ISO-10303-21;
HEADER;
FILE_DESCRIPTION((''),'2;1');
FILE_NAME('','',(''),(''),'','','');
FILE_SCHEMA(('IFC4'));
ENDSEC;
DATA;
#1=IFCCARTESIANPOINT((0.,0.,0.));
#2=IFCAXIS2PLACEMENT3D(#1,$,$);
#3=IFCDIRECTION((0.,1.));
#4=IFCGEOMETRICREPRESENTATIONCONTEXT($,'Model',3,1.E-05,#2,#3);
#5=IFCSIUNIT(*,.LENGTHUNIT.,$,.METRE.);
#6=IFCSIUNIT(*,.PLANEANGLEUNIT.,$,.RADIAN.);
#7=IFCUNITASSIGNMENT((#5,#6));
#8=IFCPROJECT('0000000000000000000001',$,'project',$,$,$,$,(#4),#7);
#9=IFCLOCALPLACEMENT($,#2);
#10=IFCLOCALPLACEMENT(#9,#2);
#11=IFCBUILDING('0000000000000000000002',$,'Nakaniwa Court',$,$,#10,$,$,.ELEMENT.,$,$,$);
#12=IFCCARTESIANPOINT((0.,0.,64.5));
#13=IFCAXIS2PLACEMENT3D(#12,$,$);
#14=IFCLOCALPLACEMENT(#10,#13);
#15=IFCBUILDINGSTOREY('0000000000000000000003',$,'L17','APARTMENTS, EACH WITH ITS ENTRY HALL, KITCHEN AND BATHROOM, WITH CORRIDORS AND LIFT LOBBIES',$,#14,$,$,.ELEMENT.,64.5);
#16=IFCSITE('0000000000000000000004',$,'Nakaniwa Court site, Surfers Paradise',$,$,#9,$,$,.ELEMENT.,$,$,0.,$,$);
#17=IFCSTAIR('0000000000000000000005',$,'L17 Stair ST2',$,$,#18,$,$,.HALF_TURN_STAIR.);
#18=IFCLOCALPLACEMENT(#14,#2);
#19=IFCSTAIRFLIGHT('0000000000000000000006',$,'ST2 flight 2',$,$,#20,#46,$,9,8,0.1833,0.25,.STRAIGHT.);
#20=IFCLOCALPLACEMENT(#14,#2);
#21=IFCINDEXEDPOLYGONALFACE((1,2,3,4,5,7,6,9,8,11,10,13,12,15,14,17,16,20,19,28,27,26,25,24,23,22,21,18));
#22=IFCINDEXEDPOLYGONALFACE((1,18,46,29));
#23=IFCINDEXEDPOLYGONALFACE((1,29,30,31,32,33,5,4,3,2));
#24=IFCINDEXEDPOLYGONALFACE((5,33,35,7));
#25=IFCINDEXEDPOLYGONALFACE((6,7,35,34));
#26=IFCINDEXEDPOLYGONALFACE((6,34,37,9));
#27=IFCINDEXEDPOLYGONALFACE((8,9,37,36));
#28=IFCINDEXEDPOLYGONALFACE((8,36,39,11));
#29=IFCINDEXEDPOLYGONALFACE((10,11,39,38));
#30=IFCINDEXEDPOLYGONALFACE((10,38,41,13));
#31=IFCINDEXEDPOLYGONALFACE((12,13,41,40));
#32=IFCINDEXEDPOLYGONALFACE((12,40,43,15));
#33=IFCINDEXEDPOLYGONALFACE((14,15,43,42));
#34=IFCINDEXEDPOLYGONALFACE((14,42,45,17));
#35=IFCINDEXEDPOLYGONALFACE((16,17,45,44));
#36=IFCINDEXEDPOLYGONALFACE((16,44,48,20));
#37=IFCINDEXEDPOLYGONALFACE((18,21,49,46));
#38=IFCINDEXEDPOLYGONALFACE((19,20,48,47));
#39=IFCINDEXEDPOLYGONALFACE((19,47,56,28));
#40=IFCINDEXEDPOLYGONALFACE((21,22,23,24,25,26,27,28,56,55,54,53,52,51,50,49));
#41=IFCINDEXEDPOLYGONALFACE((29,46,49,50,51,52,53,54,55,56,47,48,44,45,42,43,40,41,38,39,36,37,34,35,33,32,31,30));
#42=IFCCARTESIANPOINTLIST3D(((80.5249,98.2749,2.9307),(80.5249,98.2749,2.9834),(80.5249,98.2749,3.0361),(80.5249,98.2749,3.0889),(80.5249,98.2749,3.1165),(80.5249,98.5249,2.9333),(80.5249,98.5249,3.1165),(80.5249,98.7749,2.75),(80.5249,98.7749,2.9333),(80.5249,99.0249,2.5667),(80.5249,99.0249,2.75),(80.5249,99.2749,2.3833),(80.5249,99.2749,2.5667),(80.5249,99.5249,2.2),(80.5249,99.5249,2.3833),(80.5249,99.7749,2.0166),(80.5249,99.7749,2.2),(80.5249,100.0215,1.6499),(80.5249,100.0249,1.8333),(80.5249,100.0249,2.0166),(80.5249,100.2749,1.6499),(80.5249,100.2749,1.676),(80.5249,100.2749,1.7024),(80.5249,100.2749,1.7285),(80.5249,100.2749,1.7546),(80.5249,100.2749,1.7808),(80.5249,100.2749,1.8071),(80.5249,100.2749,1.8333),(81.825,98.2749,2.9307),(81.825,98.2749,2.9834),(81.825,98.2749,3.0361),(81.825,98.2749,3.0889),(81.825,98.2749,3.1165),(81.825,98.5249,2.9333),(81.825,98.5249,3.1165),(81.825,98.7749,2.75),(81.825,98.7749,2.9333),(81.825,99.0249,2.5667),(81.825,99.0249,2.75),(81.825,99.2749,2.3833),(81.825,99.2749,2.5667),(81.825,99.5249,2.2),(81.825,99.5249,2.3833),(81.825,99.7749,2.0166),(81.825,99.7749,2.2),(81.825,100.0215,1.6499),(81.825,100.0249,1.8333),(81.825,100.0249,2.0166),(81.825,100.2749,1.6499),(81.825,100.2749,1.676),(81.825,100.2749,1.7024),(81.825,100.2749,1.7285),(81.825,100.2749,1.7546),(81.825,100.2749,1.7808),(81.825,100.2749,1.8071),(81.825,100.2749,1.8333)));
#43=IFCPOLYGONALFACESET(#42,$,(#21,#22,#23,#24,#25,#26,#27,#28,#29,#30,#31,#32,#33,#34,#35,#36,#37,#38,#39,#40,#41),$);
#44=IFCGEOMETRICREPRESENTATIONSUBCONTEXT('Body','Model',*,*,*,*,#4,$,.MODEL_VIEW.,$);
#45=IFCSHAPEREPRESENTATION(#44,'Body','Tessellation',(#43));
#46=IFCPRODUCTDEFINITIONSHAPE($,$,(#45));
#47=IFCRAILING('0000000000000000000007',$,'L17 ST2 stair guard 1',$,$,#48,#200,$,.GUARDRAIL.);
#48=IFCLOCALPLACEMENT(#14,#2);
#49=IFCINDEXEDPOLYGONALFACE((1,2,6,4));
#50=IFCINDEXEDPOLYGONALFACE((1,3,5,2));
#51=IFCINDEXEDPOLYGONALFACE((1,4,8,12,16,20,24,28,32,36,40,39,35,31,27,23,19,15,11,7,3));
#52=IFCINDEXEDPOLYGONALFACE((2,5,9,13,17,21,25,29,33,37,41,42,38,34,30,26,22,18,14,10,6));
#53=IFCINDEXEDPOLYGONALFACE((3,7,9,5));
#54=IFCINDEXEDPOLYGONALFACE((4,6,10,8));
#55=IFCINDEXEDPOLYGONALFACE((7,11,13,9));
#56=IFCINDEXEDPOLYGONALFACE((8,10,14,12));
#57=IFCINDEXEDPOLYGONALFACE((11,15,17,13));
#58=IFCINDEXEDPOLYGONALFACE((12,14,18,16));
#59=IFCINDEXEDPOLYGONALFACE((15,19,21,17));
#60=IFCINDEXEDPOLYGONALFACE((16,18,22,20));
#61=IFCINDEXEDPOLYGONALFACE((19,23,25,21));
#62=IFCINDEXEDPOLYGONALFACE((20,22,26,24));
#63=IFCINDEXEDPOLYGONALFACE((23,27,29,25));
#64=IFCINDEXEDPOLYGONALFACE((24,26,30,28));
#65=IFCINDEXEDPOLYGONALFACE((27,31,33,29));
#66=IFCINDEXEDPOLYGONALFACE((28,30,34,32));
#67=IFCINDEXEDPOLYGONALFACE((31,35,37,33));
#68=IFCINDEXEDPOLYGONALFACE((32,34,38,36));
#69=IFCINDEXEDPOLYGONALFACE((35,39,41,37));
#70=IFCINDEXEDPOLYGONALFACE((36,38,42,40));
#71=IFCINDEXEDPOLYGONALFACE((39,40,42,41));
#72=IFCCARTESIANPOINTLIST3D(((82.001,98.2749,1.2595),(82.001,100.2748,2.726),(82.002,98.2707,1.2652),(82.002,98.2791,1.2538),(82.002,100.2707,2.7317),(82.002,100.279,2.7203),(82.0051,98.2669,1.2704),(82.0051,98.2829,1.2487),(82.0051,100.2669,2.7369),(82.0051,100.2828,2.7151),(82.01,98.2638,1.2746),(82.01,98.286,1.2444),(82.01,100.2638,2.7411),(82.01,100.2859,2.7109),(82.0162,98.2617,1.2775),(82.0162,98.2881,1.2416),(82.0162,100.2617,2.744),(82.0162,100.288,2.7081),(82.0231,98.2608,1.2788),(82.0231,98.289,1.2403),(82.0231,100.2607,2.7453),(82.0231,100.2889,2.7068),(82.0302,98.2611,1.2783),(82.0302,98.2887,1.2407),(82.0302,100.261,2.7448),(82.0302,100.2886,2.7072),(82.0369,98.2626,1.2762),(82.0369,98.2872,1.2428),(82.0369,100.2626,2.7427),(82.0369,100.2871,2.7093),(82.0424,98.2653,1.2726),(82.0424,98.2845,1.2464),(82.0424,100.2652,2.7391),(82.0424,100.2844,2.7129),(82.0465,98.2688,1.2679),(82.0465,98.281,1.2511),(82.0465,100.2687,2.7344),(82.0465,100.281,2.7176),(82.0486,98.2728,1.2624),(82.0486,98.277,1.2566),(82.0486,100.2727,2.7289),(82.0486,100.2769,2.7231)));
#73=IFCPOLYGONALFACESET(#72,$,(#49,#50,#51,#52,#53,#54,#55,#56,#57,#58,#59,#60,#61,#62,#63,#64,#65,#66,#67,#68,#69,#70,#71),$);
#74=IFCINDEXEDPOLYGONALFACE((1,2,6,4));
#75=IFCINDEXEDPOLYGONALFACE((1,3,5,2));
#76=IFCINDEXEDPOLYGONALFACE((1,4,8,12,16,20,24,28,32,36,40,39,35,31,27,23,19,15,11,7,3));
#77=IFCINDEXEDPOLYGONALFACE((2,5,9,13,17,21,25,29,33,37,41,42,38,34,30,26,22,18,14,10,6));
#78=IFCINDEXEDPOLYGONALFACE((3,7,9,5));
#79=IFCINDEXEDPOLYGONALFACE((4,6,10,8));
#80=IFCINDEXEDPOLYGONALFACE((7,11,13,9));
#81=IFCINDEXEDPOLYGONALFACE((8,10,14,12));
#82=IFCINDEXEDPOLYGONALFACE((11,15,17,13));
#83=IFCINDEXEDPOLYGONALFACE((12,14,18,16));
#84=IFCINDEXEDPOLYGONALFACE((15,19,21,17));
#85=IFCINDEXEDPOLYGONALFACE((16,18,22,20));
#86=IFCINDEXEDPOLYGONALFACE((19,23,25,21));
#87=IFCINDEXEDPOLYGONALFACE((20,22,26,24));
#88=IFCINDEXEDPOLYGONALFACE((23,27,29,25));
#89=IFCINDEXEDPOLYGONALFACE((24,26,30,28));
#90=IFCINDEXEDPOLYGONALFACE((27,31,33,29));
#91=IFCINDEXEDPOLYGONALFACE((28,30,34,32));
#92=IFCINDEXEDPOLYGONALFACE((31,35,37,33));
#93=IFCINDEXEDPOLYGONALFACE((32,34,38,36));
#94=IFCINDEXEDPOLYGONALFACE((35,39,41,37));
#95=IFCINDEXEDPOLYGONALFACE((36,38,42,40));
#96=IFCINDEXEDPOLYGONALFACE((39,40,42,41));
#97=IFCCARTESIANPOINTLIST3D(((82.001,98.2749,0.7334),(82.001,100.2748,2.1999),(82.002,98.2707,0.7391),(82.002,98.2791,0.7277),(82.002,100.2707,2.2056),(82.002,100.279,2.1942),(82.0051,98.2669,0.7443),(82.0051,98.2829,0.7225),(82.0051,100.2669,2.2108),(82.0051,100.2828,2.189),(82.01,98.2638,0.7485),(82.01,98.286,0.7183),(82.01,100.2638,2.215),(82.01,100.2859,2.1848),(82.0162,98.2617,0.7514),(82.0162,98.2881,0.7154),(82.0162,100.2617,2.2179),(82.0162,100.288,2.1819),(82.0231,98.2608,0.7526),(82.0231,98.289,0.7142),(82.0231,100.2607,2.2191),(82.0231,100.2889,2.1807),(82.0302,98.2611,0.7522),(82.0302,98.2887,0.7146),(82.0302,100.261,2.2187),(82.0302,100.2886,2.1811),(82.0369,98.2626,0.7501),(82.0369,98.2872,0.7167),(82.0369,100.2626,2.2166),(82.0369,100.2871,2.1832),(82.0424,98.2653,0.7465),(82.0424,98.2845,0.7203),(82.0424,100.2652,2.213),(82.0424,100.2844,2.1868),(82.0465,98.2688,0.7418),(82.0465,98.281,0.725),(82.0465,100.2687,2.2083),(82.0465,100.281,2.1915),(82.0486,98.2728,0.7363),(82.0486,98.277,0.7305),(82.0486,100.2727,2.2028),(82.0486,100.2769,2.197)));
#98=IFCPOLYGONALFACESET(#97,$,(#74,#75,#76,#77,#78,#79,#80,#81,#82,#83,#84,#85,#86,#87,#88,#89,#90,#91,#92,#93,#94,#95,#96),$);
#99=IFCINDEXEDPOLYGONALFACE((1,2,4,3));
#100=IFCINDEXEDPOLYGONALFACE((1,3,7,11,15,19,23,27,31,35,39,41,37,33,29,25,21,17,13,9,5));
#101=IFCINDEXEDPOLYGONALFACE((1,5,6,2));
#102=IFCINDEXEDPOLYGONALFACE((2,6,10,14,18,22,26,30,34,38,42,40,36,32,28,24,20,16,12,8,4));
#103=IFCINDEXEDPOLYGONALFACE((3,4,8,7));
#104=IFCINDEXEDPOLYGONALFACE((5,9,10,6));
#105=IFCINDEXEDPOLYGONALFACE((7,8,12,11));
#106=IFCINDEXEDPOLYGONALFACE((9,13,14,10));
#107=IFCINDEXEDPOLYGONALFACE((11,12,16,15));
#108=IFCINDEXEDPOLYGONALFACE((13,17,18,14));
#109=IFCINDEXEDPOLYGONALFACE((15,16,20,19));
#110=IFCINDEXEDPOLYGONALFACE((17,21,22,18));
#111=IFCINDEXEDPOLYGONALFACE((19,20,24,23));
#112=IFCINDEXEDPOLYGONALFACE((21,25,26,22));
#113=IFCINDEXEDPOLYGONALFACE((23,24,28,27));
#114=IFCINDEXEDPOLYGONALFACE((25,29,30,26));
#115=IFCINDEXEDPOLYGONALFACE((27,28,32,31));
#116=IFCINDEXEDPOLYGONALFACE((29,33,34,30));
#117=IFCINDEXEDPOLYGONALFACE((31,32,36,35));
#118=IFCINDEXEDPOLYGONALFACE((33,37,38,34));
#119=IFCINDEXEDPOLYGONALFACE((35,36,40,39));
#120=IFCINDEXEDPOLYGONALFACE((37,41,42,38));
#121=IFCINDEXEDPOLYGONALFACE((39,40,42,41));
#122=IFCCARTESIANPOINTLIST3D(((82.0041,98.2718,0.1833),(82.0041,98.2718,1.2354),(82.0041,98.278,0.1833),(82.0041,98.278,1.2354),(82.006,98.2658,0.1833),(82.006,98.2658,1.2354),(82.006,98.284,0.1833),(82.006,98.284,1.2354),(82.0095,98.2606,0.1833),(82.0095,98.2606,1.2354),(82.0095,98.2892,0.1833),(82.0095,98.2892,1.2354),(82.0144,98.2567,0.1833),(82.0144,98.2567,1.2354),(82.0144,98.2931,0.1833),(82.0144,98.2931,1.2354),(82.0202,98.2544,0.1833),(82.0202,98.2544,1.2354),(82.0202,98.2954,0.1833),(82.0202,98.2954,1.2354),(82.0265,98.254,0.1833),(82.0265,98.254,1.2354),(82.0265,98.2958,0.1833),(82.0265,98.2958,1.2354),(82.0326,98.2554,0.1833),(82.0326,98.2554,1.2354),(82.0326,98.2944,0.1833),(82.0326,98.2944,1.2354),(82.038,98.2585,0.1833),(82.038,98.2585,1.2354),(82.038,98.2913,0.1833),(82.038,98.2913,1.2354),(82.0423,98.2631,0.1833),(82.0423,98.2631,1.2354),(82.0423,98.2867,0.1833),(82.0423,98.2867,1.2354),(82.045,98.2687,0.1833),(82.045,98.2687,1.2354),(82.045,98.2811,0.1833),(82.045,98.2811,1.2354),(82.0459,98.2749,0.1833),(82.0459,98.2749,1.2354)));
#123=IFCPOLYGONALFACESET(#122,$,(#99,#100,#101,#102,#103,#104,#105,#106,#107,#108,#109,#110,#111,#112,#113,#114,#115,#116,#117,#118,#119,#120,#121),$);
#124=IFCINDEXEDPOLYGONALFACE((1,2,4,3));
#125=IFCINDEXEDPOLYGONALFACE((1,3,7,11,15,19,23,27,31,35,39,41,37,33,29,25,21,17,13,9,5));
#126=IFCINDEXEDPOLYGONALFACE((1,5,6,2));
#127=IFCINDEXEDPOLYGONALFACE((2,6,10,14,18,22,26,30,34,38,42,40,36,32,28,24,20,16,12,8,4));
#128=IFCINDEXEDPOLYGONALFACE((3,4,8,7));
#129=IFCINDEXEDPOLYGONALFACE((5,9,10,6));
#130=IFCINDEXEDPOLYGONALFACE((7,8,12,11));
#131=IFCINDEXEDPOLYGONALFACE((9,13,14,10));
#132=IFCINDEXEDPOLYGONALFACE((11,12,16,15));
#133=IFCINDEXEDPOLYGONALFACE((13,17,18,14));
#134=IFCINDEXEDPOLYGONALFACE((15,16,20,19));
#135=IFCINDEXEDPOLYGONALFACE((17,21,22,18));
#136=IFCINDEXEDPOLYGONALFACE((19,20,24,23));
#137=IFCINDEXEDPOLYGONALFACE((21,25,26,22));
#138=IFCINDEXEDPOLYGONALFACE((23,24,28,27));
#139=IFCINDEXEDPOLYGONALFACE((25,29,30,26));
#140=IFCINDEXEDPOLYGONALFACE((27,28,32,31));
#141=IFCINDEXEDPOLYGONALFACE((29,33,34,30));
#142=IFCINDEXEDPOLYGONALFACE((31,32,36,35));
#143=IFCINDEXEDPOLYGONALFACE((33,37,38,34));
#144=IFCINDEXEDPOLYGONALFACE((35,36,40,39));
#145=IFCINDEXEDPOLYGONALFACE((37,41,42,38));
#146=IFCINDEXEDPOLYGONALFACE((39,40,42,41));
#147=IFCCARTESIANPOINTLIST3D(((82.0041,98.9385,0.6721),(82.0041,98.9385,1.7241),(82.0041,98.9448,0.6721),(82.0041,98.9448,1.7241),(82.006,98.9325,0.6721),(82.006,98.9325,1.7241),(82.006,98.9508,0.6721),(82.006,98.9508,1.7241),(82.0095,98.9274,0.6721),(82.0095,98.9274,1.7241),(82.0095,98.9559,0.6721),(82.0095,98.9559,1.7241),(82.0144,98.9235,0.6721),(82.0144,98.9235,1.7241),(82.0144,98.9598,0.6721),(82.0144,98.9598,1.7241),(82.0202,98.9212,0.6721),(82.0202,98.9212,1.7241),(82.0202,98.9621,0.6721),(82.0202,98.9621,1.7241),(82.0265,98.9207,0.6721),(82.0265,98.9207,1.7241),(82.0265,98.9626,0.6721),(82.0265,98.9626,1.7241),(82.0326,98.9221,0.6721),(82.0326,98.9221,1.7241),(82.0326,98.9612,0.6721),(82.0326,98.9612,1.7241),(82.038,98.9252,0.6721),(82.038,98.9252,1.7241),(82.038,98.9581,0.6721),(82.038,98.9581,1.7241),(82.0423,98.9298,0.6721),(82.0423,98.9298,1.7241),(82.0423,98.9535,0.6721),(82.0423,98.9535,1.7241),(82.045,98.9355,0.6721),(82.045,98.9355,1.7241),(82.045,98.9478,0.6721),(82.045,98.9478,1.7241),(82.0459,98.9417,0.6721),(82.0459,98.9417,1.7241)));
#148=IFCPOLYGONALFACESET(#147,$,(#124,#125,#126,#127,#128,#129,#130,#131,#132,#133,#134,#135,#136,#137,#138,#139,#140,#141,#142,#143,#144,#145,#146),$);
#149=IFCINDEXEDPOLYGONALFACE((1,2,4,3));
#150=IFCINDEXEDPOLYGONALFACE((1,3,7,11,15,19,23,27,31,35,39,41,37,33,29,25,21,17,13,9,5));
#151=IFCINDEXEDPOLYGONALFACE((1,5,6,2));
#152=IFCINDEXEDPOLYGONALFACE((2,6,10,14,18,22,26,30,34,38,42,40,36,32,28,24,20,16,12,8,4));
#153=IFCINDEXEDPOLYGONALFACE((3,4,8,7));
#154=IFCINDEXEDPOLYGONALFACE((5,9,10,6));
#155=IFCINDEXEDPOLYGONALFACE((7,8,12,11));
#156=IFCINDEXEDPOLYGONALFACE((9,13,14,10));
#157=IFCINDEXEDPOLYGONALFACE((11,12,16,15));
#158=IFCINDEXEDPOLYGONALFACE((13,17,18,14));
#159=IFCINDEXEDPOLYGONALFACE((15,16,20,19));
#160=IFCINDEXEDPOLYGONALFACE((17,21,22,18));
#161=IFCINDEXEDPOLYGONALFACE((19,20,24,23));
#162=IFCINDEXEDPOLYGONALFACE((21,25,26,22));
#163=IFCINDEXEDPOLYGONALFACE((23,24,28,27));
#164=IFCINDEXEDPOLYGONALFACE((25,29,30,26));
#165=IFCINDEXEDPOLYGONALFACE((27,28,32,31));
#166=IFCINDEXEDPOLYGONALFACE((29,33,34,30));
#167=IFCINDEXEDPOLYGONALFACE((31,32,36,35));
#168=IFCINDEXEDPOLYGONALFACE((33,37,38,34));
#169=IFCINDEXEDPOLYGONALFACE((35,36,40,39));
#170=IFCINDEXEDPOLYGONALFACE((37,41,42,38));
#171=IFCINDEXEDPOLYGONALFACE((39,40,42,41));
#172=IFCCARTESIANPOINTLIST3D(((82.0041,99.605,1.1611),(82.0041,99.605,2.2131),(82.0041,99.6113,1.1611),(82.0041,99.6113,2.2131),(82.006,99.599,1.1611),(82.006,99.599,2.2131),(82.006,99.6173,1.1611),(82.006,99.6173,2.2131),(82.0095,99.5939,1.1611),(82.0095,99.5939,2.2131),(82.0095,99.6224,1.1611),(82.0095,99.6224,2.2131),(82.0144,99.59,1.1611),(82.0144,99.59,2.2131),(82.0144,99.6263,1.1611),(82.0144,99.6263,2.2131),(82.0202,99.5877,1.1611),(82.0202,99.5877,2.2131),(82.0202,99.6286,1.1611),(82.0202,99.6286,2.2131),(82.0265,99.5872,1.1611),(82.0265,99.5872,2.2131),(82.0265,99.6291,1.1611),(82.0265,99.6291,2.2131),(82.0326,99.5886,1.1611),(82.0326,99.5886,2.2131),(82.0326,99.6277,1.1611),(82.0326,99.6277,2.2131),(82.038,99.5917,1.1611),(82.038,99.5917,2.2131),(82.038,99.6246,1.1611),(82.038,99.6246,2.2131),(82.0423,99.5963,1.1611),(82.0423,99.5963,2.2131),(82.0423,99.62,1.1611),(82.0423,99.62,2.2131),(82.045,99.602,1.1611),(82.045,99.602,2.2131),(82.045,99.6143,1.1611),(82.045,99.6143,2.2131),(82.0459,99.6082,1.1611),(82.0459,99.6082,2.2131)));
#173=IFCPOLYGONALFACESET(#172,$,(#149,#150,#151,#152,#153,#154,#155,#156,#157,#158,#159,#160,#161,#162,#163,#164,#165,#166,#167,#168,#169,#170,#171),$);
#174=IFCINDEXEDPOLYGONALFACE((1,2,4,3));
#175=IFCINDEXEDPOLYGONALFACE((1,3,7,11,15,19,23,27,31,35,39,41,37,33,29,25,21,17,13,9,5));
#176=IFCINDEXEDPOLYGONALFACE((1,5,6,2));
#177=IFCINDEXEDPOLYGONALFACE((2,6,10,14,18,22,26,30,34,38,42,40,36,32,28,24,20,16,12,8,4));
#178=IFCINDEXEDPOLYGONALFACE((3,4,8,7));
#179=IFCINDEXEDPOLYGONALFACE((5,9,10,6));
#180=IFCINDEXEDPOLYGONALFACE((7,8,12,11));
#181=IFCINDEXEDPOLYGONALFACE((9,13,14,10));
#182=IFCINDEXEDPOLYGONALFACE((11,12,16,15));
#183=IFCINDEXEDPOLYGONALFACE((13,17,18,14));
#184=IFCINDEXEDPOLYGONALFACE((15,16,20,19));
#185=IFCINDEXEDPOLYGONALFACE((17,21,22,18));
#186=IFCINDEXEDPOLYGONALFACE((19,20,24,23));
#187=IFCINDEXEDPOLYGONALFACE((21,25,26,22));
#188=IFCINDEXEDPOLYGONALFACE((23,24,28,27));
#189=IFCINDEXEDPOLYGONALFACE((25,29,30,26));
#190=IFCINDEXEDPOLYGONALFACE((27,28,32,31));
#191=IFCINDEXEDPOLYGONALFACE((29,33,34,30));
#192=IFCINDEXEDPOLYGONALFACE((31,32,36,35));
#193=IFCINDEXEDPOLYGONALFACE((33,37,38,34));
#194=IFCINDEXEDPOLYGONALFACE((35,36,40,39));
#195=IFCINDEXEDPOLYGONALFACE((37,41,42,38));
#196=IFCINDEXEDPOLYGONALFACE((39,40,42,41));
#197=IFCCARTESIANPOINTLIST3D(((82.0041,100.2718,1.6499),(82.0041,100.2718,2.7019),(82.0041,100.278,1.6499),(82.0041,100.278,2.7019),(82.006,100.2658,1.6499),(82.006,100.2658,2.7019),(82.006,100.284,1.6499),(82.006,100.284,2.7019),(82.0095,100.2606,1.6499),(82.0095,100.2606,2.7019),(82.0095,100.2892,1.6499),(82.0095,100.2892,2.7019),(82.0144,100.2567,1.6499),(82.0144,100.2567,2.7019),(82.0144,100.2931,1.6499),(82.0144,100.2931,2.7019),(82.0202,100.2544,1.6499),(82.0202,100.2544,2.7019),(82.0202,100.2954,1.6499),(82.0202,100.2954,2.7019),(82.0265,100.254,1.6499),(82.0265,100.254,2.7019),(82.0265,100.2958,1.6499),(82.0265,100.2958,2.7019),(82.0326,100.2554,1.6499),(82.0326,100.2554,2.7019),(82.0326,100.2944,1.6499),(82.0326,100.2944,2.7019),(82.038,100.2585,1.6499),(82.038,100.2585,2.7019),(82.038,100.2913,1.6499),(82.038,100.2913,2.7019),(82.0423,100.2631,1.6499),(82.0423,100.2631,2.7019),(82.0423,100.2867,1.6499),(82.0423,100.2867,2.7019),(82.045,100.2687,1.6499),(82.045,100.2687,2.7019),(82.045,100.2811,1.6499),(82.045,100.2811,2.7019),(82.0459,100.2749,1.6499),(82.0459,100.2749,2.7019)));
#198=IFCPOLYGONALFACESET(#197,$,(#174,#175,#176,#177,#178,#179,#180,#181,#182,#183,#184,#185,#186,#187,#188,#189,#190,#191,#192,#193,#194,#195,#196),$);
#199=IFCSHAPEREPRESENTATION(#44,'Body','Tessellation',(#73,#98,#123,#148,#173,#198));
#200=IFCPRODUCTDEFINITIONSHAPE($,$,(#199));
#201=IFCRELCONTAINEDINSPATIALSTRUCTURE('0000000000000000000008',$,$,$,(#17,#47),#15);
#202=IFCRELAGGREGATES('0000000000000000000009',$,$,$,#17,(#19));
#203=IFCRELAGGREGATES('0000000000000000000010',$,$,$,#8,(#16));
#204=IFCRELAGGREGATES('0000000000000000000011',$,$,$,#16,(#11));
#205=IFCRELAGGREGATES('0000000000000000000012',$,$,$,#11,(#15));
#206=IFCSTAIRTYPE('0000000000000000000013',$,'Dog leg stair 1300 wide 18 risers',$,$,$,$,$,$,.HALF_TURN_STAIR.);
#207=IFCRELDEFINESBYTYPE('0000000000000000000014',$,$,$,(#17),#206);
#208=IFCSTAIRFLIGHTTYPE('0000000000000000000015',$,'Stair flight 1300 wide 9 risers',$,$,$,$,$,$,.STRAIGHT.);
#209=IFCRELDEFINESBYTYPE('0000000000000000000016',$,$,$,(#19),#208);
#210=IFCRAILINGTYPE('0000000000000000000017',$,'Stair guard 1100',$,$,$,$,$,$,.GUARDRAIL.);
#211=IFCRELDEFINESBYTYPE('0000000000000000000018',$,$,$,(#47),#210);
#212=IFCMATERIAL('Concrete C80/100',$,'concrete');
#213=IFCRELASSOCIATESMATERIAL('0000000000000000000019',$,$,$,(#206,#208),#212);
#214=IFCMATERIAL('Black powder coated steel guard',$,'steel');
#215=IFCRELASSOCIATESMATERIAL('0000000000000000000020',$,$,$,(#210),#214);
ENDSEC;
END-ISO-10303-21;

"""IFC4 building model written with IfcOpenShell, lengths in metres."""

from ifc_helpers import new_model, si_unit, direction, frame, origin, origin_2d, place, context, subcontext, project, spatial, polyline, circle, outline, extrude, material, type_object, element, aggregate, save


model = new_model("IFC4")

# Units and contexts
model_context = context("Model", 3, precision=1e-05, world=origin(), true_north=direction((0.0, 1.0)))
body_context = subcontext(model_context, "Body", "Model", "MODEL_VIEW")
ifc_project = project(units=[si_unit("LENGTHUNIT", "METRE"), si_unit("PLANEANGLEUNIT", "RADIAN")], contexts=[model_context])

# Site, building, storey
site_placement = place(None, origin())
site = spatial("IfcSite", under=ifc_project, at=site_placement, Name="Nakaniwa Court site, Surfers Paradise", CompositionType="ELEMENT", RefElevation=0.0)
building_placement = place(site_placement, origin())
building = spatial("IfcBuilding", under=site, at=building_placement, Name="Nakaniwa Court", CompositionType="ELEMENT")
storey_placement = place(building_placement, frame((0.0, 0.0, 64.5)))
storey = spatial("IfcBuildingStorey", under=building, at=storey_placement, Name="L17", Description="APARTMENTS, EACH WITH ITS ENTRY HALL, KITCHEN AND BATHROOM, WITH CORRIDORS AND LIFT LOBBIES", CompositionType="ELEMENT", Elevation=64.5)

# Shared definitions
ifc_material_1 = material(Name="Concrete C80/100", Category="concrete")

# Stair, stair flight
stair_type = type_object("IfcStairType", Name="Dog leg stair 1300 wide 18 risers", PredefinedType="HALF_TURN_STAIR", material=ifc_material_1)
stair_placement = place(storey_placement, origin())
stair = element("IfcStair", 1, at=stair_placement, inside=storey, type_object=stair_type, Name="L17 Stair ST2", PredefinedType="HALF_TURN_STAIR")
stair_flight_type = type_object("IfcStairFlightType", Name="Stair flight 1300 wide 9 risers", PredefinedType="STRAIGHT", material=ifc_material_1)
stair_flight_1_placement = place(storey_placement, frame((81.175, 100.2749, 1.6499), z_axis=(0.0, 0.0, 1.0), x_axis=(0.0, -1.0, 0.0)))
stair_flight_1 = element("IfcStairFlight", 2, at=stair_flight_1_placement, type_object=stair_flight_type, Name="ST2 flight 2", NumberOfRisers=9, NumberOfTreads=8, PredefinedType="STRAIGHT", RiserHeight=0.1833, TreadLength=0.25, context=body_context, shape_type="SweptSolid", body=[
    extrude(outline(polyline([(0.0, 0.0), (0.0, 0.0261), (0.0, 0.0525), (0.0, 0.0786), (0.0, 0.1047), (0.0, 0.1309), (0.0, 0.1572), (0.0, 0.1833), (0.25, 0.1833), (0.25, 0.3667), (0.5, 0.3667), (0.5, 0.55), (0.75, 0.55), (0.75, 0.7334), (1.0, 0.7334), (1.0, 0.9167), (1.25, 0.9167), (1.25, 1.1001), (1.5, 1.1001), (1.5, 1.2834), (1.75, 1.2834), (1.75, 1.4666), (2.0, 1.4666), (2.0, 1.6499), (2.0, 1.5972), (2.0, 1.5444), (2.0, 1.4917), (2.0, 1.439), (2.0, 1.3862), (2.0, 1.3335), (2.0, 1.2808), (0.2534, 0.0), (0.0, 0.0)])), frame((0.0, 0.6499, 0.0), z_axis=(0.0, -1.0, 0.0), x_axis=(1.0, 0.0, 0.0)), (0.0, 0.0, 1.0), 1.3),
])
aggregate(stair, [stair_flight_1])

# Railing
ifc_material_2 = material(Name="Black powder coated steel guard", Category="steel")
railing_type_1 = type_object("IfcRailingType", Name="Stair guard 1100", PredefinedType="GUARDRAIL", material=ifc_material_2)
railing_1_placement = place(storey_placement, frame((82.0249, 98.2749, 0.1833)))
element("IfcRailing", 3, at=railing_1_placement, inside=storey, type_object=railing_type_1, Name="L17 ST2 stair guard 1", PredefinedType="GUARDRAIL", context=body_context, shape_type="SweptSolid", body=[
    extrude(circle(Radius=0.0239, at=origin_2d()), frame((0.0, 0.0, 1.0762), z_axis=(0.0, 0.806427, 0.591334), x_axis=(-1.0, 0.0, 0.0)), (0.0, 0.0, 1.0), 2.48),
    extrude(circle(Radius=0.0239, at=origin_2d()), frame((0.0, 0.0, 0.55), z_axis=(0.0, 0.806427, 0.591334), x_axis=(-1.0, 0.0, 0.0)), (0.0, 0.0, 1.0), 2.48),
    extrude(circle(Radius=0.021, at=origin_2d()), origin(), (0.0, 0.0, 1.0), 1.052),
    extrude(circle(Radius=0.021, at=origin_2d()), frame((0.0, 0.6667, 0.4888)), (0.0, 0.0, 1.0), 1.052),
    extrude(circle(Radius=0.021, at=origin_2d()), frame((0.0, 1.3333, 0.9778)), (0.0, 0.0, 1.0), 1.052),
    extrude(circle(Radius=0.021, at=origin_2d()), frame((0.0, 2.0, 1.4666)), (0.0, 0.0, 1.0), 1.052),
])

save(model, "model.ifc")
